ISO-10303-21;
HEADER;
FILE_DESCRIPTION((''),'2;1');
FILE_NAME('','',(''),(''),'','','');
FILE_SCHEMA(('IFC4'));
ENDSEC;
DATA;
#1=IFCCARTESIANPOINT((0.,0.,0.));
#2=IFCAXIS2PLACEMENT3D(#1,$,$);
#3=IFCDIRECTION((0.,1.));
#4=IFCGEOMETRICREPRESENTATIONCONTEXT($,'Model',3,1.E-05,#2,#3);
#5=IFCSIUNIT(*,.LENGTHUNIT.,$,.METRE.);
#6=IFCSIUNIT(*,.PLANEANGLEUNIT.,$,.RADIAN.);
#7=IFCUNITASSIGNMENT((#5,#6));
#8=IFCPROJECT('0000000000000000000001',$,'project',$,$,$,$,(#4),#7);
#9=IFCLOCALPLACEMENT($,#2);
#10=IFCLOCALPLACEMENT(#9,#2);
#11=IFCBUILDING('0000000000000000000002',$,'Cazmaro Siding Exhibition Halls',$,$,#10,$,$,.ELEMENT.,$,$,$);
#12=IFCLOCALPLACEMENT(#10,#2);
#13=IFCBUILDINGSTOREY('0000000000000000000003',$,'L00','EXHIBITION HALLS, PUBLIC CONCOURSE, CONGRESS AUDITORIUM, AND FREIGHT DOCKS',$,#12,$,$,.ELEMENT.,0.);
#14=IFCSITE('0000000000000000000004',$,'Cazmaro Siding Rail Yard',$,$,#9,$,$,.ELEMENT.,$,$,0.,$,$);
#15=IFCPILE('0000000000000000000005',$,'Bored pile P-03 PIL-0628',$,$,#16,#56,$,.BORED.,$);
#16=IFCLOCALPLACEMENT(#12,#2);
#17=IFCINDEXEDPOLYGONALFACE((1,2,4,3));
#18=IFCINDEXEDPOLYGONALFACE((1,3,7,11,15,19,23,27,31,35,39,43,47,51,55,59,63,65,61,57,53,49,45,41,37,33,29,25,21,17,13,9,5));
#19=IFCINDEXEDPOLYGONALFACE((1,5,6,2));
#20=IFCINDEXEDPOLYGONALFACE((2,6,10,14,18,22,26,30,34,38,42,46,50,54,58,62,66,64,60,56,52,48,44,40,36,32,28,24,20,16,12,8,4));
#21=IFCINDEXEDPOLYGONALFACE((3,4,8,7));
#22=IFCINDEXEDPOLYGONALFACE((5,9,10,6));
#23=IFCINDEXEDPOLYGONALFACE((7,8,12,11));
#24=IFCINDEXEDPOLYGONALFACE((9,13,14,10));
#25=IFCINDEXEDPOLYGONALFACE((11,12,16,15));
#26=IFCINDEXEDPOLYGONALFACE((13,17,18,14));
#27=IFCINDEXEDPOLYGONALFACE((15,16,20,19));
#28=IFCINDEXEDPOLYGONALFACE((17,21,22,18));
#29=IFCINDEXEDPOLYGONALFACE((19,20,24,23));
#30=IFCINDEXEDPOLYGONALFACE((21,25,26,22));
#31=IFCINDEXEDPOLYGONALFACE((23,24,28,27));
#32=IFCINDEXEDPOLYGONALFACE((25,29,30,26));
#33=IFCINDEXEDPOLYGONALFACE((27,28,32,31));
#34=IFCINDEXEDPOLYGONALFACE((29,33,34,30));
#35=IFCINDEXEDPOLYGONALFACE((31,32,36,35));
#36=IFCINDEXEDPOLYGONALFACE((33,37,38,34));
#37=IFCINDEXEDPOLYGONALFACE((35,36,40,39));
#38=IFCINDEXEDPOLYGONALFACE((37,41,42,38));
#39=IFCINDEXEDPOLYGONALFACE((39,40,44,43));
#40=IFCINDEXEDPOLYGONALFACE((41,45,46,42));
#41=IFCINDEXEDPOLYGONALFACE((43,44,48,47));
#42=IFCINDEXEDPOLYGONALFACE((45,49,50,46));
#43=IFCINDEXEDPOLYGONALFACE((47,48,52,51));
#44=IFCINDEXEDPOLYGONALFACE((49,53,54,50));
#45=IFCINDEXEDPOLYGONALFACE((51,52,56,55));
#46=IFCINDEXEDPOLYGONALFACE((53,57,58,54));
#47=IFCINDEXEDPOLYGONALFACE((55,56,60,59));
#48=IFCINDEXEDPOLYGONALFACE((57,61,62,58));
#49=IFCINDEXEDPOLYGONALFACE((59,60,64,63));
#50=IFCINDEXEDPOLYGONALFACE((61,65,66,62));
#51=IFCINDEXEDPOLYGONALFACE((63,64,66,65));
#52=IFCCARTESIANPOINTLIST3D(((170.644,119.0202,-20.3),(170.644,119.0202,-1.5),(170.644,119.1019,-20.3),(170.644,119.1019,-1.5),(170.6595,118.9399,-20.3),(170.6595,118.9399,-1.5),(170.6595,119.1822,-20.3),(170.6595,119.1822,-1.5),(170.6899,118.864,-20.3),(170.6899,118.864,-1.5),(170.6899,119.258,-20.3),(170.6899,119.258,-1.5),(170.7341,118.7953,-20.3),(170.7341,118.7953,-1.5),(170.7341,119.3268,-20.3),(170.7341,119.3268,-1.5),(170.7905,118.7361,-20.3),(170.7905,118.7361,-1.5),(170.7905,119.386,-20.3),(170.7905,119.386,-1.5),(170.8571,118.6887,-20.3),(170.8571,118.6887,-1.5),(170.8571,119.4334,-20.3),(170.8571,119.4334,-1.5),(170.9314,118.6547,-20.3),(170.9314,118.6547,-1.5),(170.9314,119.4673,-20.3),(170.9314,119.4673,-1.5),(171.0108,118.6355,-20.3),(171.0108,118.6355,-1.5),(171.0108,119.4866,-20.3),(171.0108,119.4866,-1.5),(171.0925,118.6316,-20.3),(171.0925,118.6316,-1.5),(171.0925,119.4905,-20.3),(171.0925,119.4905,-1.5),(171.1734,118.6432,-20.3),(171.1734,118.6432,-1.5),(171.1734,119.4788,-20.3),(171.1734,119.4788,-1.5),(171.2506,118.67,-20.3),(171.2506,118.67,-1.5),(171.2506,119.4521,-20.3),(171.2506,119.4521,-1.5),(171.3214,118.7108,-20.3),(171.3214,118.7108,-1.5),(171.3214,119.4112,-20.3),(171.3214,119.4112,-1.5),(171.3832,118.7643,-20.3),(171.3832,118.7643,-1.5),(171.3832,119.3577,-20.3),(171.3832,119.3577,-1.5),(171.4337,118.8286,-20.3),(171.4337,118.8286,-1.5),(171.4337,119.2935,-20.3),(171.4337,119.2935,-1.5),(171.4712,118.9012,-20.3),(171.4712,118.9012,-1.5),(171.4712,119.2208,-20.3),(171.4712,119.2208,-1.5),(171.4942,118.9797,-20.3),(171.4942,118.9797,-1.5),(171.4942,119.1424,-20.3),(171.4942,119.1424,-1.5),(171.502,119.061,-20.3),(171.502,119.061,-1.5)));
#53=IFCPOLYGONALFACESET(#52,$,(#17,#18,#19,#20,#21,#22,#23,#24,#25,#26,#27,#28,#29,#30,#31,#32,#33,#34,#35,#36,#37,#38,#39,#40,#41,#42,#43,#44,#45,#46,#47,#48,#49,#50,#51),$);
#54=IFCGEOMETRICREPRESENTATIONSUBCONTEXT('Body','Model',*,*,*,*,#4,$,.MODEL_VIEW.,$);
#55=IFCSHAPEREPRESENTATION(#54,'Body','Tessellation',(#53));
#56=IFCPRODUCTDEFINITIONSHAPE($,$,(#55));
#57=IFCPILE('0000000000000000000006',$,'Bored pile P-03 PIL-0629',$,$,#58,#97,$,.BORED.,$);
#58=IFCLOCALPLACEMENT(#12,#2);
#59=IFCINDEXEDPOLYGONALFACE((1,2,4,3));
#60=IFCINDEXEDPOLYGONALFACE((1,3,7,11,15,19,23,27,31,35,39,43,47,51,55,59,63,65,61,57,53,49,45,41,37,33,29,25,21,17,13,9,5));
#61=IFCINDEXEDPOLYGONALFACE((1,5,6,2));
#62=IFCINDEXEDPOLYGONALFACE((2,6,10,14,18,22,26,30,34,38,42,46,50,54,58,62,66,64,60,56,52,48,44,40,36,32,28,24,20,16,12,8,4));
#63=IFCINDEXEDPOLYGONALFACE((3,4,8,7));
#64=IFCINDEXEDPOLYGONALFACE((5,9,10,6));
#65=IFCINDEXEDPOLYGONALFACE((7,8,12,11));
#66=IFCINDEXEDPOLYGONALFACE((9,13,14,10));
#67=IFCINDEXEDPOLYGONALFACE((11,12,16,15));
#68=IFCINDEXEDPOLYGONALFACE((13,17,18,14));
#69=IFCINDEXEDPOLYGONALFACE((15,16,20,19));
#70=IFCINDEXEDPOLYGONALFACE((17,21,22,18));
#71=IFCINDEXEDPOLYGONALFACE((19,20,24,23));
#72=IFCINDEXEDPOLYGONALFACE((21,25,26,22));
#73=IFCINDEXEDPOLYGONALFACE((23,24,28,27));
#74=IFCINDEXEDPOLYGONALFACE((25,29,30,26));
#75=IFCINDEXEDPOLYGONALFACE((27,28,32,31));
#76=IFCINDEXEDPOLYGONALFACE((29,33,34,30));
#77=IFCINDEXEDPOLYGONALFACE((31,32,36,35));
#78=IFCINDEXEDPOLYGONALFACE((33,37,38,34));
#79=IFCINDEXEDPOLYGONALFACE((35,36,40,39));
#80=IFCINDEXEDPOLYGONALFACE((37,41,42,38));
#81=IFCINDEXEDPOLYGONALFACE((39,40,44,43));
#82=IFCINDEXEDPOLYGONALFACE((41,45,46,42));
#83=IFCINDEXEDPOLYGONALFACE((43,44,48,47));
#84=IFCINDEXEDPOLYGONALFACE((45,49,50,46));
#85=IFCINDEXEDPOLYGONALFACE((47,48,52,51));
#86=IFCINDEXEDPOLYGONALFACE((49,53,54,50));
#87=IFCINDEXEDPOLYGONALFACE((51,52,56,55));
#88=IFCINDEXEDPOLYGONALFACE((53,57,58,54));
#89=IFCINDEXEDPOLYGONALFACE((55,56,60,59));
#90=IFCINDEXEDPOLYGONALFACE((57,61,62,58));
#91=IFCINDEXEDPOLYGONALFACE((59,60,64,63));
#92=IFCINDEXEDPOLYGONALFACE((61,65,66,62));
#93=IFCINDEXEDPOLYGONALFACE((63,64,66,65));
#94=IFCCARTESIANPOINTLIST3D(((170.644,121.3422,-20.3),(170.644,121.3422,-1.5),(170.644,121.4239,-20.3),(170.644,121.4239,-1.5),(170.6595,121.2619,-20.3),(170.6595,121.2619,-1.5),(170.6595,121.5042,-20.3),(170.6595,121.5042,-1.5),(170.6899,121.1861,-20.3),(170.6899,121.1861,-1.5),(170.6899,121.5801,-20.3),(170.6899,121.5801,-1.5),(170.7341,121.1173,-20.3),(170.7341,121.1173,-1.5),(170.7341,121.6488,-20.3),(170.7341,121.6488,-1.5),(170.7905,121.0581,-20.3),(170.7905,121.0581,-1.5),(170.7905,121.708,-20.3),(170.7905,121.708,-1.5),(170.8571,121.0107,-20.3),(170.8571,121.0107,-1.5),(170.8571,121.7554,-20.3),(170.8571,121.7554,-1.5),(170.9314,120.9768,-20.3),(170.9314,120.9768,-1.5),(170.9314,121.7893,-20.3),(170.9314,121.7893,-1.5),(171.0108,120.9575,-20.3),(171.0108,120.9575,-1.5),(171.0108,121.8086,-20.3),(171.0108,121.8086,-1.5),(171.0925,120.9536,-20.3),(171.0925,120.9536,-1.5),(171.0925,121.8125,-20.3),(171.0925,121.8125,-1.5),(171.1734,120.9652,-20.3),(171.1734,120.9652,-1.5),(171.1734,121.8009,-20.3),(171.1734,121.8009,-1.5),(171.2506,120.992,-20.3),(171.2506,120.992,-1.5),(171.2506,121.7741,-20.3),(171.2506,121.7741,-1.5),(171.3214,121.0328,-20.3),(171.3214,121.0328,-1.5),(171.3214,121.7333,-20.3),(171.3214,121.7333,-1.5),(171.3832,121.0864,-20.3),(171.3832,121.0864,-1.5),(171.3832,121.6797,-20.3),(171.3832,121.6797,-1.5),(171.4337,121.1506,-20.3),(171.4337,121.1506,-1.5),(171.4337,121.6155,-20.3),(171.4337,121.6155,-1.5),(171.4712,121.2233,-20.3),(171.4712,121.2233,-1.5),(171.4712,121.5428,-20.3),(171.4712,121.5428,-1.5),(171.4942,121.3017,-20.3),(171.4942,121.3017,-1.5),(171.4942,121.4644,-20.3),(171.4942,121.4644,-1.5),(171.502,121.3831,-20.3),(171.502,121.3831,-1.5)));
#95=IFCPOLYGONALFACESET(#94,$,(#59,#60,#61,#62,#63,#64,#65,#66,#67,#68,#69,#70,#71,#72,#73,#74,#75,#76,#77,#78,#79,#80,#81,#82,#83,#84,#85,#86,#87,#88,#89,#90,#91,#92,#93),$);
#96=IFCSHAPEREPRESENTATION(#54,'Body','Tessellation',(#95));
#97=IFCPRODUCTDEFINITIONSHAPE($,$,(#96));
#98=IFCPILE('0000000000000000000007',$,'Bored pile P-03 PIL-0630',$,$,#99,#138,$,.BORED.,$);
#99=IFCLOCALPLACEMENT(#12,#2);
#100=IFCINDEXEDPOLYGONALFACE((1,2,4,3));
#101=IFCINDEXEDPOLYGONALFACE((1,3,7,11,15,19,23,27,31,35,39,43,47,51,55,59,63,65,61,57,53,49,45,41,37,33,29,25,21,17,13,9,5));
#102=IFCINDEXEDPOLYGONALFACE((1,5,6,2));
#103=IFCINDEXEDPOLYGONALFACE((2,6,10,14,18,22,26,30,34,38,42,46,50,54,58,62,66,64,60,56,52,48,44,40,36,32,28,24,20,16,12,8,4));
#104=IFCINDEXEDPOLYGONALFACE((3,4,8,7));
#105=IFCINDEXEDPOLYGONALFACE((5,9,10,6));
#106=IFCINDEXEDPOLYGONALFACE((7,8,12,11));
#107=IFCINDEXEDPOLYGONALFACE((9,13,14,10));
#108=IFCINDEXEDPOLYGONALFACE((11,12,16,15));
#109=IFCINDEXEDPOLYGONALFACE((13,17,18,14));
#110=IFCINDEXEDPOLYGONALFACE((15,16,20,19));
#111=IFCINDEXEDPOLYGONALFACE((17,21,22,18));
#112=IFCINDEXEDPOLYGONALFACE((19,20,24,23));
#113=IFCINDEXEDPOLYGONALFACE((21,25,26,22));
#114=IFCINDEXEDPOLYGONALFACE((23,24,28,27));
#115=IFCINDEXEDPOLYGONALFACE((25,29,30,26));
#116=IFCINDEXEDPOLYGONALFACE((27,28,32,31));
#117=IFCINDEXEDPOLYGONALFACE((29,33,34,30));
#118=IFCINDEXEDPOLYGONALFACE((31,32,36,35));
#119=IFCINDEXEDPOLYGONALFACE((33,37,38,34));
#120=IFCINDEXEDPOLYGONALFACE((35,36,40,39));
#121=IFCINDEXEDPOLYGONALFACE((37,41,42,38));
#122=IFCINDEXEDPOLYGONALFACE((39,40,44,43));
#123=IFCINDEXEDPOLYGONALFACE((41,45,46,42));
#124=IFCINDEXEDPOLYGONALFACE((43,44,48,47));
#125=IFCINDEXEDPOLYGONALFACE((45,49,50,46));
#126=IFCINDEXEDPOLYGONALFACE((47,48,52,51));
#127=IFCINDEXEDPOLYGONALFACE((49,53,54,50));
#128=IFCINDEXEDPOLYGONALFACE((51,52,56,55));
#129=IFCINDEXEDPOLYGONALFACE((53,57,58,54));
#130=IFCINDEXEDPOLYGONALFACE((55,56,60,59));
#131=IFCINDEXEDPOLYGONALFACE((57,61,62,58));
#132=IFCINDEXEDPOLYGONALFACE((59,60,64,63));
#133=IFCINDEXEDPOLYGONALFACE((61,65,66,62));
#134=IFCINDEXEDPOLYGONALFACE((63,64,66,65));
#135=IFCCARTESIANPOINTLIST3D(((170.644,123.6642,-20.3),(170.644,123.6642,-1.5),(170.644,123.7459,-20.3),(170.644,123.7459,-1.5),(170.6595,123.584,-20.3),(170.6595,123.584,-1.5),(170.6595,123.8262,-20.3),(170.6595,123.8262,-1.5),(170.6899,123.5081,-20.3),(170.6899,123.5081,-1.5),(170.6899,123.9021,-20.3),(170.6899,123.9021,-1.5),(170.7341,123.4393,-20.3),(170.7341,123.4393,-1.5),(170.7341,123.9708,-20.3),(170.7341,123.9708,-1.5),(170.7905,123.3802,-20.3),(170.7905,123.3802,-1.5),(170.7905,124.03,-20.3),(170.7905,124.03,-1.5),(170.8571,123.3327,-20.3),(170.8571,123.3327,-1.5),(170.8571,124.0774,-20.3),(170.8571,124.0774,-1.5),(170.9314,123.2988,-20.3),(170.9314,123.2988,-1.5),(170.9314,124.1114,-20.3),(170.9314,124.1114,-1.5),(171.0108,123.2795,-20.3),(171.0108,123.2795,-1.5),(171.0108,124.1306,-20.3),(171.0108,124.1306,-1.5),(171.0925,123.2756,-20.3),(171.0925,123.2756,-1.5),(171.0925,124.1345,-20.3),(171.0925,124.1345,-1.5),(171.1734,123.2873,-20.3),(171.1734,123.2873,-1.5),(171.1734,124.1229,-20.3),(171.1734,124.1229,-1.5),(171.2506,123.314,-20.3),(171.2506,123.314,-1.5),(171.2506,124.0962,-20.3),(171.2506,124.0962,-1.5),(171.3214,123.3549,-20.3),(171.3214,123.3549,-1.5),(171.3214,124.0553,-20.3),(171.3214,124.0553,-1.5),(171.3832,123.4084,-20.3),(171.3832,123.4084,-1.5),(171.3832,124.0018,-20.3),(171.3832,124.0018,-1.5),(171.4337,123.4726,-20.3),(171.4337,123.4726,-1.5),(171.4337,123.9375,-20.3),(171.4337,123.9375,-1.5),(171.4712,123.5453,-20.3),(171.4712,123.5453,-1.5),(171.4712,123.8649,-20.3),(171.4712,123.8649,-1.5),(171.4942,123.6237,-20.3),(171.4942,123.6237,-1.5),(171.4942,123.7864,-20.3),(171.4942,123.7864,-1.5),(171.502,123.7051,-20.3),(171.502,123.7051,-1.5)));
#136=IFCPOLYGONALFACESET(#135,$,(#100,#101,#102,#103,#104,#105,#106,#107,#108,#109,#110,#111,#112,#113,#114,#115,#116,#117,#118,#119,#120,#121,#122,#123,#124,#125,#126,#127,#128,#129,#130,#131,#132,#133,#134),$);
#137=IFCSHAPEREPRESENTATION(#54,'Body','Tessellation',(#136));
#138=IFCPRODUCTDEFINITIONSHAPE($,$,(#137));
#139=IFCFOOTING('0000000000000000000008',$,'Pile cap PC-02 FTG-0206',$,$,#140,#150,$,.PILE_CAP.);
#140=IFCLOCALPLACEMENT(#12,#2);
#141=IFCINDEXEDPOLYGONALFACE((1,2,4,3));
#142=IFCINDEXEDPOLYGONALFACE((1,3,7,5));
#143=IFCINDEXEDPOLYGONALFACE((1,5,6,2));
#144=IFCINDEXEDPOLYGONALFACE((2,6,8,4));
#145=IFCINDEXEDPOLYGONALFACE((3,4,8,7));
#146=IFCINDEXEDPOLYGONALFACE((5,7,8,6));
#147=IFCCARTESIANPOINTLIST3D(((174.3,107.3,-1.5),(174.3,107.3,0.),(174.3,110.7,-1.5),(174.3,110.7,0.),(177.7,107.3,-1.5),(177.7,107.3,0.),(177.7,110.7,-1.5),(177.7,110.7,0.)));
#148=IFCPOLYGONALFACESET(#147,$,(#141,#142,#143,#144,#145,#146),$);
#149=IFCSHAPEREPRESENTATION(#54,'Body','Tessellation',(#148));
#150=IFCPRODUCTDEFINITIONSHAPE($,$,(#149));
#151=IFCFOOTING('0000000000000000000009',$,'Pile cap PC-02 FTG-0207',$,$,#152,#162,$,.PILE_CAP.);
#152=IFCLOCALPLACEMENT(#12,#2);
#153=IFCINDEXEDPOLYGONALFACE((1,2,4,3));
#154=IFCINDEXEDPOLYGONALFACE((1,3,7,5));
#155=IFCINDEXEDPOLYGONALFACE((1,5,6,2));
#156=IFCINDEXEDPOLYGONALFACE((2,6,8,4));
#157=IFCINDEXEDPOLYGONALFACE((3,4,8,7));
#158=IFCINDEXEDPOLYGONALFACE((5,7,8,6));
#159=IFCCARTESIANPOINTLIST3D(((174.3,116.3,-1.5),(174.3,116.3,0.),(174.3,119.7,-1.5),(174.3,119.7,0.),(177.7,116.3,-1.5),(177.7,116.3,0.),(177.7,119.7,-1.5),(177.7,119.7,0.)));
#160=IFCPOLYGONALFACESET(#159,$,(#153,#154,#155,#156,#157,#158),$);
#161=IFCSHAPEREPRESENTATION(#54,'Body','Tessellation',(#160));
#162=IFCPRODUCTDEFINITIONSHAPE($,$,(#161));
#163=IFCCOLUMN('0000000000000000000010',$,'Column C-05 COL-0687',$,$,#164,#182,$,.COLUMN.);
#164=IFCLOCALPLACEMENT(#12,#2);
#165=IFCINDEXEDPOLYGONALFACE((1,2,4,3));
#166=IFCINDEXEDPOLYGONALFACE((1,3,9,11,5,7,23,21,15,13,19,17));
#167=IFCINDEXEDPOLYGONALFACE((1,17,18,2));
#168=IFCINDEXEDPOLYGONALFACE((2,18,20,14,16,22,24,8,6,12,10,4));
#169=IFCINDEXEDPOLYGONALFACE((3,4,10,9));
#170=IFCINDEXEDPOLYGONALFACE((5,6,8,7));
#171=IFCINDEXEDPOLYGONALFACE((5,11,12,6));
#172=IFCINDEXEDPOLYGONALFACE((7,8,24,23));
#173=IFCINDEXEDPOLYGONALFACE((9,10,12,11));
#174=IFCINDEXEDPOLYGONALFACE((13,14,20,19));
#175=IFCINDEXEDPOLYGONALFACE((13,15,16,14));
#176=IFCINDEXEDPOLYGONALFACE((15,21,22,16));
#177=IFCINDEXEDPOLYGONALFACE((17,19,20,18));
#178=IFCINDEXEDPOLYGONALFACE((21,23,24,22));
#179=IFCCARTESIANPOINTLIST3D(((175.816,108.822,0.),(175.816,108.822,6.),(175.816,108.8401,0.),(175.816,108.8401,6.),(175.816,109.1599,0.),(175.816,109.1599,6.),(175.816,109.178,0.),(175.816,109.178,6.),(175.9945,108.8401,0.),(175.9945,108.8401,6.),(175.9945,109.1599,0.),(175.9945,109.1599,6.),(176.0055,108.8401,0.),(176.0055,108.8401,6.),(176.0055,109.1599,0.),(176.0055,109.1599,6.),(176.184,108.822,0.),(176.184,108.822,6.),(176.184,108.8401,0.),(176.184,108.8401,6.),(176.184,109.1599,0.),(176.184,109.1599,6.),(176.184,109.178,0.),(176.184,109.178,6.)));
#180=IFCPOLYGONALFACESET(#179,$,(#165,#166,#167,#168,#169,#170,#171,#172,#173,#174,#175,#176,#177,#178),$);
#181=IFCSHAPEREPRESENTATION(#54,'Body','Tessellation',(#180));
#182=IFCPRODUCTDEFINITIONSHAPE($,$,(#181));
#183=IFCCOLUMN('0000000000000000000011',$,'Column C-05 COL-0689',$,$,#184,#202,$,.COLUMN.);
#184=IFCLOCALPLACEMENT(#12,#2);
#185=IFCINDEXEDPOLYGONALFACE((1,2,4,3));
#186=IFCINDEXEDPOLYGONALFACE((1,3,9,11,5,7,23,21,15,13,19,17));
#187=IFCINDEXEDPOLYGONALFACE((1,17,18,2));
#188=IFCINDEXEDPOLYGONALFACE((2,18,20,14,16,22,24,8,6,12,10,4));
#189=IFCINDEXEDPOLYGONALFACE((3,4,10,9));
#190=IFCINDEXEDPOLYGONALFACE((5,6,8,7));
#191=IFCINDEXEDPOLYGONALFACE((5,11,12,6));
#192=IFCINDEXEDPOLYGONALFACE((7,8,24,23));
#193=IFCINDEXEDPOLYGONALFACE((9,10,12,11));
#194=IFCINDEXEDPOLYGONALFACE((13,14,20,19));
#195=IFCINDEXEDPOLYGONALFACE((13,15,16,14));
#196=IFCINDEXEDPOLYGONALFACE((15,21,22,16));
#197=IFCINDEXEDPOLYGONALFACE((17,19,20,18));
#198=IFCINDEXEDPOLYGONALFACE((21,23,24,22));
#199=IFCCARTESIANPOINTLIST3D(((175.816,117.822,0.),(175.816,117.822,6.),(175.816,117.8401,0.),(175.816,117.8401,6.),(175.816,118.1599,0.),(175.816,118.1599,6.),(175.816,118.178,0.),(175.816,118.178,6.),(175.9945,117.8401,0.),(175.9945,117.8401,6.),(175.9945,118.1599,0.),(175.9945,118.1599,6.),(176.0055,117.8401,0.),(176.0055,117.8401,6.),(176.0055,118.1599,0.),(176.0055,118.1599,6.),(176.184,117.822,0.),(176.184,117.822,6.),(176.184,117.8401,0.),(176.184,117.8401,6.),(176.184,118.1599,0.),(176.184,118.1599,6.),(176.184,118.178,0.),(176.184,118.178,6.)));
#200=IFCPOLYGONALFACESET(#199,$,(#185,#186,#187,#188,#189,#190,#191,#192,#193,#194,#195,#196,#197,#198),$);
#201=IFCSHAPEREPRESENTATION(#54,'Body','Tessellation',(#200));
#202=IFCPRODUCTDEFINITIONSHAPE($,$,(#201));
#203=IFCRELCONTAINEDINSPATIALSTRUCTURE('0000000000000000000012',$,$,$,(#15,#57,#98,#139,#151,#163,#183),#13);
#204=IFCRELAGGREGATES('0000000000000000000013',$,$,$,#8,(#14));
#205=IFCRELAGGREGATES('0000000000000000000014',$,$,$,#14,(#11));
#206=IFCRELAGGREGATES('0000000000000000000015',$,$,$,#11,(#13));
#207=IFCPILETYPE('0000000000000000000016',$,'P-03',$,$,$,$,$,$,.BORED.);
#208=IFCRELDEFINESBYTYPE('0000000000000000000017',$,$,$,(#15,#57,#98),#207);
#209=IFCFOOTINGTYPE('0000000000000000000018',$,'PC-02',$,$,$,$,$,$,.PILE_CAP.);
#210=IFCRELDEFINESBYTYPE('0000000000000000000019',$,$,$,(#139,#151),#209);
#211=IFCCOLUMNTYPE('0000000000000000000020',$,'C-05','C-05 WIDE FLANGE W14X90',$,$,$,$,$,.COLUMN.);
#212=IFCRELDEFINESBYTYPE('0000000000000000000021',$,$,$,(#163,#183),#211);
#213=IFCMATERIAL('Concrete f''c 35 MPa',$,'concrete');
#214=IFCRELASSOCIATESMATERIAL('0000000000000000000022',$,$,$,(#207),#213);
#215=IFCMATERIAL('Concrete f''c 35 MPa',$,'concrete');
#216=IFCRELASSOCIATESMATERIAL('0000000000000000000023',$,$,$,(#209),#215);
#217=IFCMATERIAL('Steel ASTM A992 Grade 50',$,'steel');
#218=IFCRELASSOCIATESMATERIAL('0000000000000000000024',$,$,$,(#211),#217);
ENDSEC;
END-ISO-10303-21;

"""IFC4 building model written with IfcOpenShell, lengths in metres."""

from ifc_helpers import new_model, si_unit, direction, frame, origin, origin_2d, place, context, subcontext, project, spatial, rectangle, circle, i_section, extrude, material, material_profile, profile_set, type_object, element, save


model = new_model("IFC4")

# Units and contexts
model_context = context("Model", 3, precision=1e-05, world=origin(), true_north=direction((0.0, 1.0)))
body_context = subcontext(model_context, "Body", "Model", "MODEL_VIEW")
ifc_project = project(units=[si_unit("LENGTHUNIT", "METRE"), si_unit("PLANEANGLEUNIT", "RADIAN")], contexts=[model_context])

# Site, building, storey
site_placement = place(None, origin())
site = spatial("IfcSite", under=ifc_project, at=site_placement, Name="Cazmaro Siding Rail Yard", CompositionType="ELEMENT", RefElevation=0.0)
building_placement = place(site_placement, origin())
building = spatial("IfcBuilding", under=site, at=building_placement, Name="Cazmaro Siding Exhibition Halls", CompositionType="ELEMENT")
storey_placement = place(building_placement, origin())
storey = spatial("IfcBuildingStorey", under=building, at=storey_placement, Name="L00", Description="EXHIBITION HALLS, PUBLIC CONCOURSE, CONGRESS AUDITORIUM, AND FREIGHT DOCKS", CompositionType="ELEMENT", Elevation=0.0)

# Piles
ifc_material_1 = material(Name="Concrete f'c 35 MPa", Category="concrete")
ifc_material_profile_1 = material_profile(ifc_material_1, circle(Radius=0.4299, at=origin_2d()), Name="CIDH-860")
ifc_profile_set_1 = profile_set([ifc_material_profile_1], Name="Concrete f'c 35 MPa")
pile_type_1 = type_object("IfcPileType", Name="P-03", PredefinedType="BORED", material=ifc_profile_set_1)
for number, where, z_axis, x_axis, name in (
    (1, (171.072, 119.061, -1.5), (0.0, 0.0, -1.0), (1.0, 0.0, 0.0), "Bored pile P-03 PIL-0628"),
    (2, (171.072, 121.3831, -1.5), (0.0, 0.0, -1.0), (1.0, 0.0, 0.0), "Bored pile P-03 PIL-0629"),
    (3, (171.072, 123.7051, -1.5), (0.0, 0.0, -1.0), (1.0, 0.0, 0.0), "Bored pile P-03 PIL-0630"),
):
    element("IfcPile", number, at=place(storey_placement, frame(where, z_axis=z_axis, x_axis=x_axis)), inside=storey, type_object=pile_type_1, Name=name, PredefinedType="BORED", context=body_context, shape_type="SweptSolid", body=[
        extrude(circle(Radius=0.4299, at=origin_2d()), origin(), (0.0, 0.0, 1.0), 18.8),
    ])

# Footings
ifc_material_2 = material(Name="Concrete f'c 35 MPa", Category="concrete")
footing_type = type_object("IfcFootingType", Name="PC-02", PredefinedType="PILE_CAP", material=ifc_material_2)
for number, where, z_axis, x_axis, name in (
    (4, (176.0, 109.0, -1.5), (0.0, 0.0, 1.0), (1.0, 0.0, 0.0), "Pile cap PC-02 FTG-0206"),
    (5, (176.0, 118.0, -1.5), (0.0, 0.0, 1.0), (1.0, 0.0, 0.0), "Pile cap PC-02 FTG-0207"),
):
    element("IfcFooting", number, at=place(storey_placement, frame(where, z_axis=z_axis, x_axis=x_axis)), inside=storey, type_object=footing_type, Name=name, PredefinedType="PILE_CAP", context=body_context, shape_type="SweptSolid", body=[
        extrude(rectangle(XDim=3.3999, YDim=3.3999, at=origin_2d()), origin(), (0.0, 0.0, 1.0), 1.5),
    ])

# Columns
ifc_material_3 = material(Name="Steel ASTM A992 Grade 50", Category="steel")
ifc_material_profile_2 = material_profile(ifc_material_3, i_section(OverallWidth=0.3679, OverallDepth=0.356, WebThickness=0.011, FlangeThickness=0.0181, at=origin_2d()), Name="W14X90")
ifc_profile_set_2 = profile_set([ifc_material_profile_2], Name="Steel ASTM A992 Grade 50")
column_type = type_object("IfcColumnType", Name="C-05", Description="C-05 WIDE FLANGE W14X90", PredefinedType="COLUMN", material=ifc_profile_set_2)
for number, where, z_axis, x_axis, name in (
    (6, (176.0, 109.0, 0.0), (0.0, 0.0, 1.0), (1.0, 0.0, 0.0), "Column C-05 COL-0687"),
    (7, (176.0, 118.0, 0.0), (0.0, 0.0, 1.0), (1.0, 0.0, 0.0), "Column C-05 COL-0689"),
):
    element("IfcColumn", number, at=place(storey_placement, frame(where, z_axis=z_axis, x_axis=x_axis)), inside=storey, type_object=column_type, Name=name, PredefinedType="COLUMN", context=body_context, shape_type="SweptSolid", body=[
        extrude(i_section(OverallWidth=0.3679, OverallDepth=0.356, WebThickness=0.011, FlangeThickness=0.0181, at=origin_2d()), origin(), (0.0, 0.0, 1.0), 6.0),
    ])

save(model, "model.ifc")
